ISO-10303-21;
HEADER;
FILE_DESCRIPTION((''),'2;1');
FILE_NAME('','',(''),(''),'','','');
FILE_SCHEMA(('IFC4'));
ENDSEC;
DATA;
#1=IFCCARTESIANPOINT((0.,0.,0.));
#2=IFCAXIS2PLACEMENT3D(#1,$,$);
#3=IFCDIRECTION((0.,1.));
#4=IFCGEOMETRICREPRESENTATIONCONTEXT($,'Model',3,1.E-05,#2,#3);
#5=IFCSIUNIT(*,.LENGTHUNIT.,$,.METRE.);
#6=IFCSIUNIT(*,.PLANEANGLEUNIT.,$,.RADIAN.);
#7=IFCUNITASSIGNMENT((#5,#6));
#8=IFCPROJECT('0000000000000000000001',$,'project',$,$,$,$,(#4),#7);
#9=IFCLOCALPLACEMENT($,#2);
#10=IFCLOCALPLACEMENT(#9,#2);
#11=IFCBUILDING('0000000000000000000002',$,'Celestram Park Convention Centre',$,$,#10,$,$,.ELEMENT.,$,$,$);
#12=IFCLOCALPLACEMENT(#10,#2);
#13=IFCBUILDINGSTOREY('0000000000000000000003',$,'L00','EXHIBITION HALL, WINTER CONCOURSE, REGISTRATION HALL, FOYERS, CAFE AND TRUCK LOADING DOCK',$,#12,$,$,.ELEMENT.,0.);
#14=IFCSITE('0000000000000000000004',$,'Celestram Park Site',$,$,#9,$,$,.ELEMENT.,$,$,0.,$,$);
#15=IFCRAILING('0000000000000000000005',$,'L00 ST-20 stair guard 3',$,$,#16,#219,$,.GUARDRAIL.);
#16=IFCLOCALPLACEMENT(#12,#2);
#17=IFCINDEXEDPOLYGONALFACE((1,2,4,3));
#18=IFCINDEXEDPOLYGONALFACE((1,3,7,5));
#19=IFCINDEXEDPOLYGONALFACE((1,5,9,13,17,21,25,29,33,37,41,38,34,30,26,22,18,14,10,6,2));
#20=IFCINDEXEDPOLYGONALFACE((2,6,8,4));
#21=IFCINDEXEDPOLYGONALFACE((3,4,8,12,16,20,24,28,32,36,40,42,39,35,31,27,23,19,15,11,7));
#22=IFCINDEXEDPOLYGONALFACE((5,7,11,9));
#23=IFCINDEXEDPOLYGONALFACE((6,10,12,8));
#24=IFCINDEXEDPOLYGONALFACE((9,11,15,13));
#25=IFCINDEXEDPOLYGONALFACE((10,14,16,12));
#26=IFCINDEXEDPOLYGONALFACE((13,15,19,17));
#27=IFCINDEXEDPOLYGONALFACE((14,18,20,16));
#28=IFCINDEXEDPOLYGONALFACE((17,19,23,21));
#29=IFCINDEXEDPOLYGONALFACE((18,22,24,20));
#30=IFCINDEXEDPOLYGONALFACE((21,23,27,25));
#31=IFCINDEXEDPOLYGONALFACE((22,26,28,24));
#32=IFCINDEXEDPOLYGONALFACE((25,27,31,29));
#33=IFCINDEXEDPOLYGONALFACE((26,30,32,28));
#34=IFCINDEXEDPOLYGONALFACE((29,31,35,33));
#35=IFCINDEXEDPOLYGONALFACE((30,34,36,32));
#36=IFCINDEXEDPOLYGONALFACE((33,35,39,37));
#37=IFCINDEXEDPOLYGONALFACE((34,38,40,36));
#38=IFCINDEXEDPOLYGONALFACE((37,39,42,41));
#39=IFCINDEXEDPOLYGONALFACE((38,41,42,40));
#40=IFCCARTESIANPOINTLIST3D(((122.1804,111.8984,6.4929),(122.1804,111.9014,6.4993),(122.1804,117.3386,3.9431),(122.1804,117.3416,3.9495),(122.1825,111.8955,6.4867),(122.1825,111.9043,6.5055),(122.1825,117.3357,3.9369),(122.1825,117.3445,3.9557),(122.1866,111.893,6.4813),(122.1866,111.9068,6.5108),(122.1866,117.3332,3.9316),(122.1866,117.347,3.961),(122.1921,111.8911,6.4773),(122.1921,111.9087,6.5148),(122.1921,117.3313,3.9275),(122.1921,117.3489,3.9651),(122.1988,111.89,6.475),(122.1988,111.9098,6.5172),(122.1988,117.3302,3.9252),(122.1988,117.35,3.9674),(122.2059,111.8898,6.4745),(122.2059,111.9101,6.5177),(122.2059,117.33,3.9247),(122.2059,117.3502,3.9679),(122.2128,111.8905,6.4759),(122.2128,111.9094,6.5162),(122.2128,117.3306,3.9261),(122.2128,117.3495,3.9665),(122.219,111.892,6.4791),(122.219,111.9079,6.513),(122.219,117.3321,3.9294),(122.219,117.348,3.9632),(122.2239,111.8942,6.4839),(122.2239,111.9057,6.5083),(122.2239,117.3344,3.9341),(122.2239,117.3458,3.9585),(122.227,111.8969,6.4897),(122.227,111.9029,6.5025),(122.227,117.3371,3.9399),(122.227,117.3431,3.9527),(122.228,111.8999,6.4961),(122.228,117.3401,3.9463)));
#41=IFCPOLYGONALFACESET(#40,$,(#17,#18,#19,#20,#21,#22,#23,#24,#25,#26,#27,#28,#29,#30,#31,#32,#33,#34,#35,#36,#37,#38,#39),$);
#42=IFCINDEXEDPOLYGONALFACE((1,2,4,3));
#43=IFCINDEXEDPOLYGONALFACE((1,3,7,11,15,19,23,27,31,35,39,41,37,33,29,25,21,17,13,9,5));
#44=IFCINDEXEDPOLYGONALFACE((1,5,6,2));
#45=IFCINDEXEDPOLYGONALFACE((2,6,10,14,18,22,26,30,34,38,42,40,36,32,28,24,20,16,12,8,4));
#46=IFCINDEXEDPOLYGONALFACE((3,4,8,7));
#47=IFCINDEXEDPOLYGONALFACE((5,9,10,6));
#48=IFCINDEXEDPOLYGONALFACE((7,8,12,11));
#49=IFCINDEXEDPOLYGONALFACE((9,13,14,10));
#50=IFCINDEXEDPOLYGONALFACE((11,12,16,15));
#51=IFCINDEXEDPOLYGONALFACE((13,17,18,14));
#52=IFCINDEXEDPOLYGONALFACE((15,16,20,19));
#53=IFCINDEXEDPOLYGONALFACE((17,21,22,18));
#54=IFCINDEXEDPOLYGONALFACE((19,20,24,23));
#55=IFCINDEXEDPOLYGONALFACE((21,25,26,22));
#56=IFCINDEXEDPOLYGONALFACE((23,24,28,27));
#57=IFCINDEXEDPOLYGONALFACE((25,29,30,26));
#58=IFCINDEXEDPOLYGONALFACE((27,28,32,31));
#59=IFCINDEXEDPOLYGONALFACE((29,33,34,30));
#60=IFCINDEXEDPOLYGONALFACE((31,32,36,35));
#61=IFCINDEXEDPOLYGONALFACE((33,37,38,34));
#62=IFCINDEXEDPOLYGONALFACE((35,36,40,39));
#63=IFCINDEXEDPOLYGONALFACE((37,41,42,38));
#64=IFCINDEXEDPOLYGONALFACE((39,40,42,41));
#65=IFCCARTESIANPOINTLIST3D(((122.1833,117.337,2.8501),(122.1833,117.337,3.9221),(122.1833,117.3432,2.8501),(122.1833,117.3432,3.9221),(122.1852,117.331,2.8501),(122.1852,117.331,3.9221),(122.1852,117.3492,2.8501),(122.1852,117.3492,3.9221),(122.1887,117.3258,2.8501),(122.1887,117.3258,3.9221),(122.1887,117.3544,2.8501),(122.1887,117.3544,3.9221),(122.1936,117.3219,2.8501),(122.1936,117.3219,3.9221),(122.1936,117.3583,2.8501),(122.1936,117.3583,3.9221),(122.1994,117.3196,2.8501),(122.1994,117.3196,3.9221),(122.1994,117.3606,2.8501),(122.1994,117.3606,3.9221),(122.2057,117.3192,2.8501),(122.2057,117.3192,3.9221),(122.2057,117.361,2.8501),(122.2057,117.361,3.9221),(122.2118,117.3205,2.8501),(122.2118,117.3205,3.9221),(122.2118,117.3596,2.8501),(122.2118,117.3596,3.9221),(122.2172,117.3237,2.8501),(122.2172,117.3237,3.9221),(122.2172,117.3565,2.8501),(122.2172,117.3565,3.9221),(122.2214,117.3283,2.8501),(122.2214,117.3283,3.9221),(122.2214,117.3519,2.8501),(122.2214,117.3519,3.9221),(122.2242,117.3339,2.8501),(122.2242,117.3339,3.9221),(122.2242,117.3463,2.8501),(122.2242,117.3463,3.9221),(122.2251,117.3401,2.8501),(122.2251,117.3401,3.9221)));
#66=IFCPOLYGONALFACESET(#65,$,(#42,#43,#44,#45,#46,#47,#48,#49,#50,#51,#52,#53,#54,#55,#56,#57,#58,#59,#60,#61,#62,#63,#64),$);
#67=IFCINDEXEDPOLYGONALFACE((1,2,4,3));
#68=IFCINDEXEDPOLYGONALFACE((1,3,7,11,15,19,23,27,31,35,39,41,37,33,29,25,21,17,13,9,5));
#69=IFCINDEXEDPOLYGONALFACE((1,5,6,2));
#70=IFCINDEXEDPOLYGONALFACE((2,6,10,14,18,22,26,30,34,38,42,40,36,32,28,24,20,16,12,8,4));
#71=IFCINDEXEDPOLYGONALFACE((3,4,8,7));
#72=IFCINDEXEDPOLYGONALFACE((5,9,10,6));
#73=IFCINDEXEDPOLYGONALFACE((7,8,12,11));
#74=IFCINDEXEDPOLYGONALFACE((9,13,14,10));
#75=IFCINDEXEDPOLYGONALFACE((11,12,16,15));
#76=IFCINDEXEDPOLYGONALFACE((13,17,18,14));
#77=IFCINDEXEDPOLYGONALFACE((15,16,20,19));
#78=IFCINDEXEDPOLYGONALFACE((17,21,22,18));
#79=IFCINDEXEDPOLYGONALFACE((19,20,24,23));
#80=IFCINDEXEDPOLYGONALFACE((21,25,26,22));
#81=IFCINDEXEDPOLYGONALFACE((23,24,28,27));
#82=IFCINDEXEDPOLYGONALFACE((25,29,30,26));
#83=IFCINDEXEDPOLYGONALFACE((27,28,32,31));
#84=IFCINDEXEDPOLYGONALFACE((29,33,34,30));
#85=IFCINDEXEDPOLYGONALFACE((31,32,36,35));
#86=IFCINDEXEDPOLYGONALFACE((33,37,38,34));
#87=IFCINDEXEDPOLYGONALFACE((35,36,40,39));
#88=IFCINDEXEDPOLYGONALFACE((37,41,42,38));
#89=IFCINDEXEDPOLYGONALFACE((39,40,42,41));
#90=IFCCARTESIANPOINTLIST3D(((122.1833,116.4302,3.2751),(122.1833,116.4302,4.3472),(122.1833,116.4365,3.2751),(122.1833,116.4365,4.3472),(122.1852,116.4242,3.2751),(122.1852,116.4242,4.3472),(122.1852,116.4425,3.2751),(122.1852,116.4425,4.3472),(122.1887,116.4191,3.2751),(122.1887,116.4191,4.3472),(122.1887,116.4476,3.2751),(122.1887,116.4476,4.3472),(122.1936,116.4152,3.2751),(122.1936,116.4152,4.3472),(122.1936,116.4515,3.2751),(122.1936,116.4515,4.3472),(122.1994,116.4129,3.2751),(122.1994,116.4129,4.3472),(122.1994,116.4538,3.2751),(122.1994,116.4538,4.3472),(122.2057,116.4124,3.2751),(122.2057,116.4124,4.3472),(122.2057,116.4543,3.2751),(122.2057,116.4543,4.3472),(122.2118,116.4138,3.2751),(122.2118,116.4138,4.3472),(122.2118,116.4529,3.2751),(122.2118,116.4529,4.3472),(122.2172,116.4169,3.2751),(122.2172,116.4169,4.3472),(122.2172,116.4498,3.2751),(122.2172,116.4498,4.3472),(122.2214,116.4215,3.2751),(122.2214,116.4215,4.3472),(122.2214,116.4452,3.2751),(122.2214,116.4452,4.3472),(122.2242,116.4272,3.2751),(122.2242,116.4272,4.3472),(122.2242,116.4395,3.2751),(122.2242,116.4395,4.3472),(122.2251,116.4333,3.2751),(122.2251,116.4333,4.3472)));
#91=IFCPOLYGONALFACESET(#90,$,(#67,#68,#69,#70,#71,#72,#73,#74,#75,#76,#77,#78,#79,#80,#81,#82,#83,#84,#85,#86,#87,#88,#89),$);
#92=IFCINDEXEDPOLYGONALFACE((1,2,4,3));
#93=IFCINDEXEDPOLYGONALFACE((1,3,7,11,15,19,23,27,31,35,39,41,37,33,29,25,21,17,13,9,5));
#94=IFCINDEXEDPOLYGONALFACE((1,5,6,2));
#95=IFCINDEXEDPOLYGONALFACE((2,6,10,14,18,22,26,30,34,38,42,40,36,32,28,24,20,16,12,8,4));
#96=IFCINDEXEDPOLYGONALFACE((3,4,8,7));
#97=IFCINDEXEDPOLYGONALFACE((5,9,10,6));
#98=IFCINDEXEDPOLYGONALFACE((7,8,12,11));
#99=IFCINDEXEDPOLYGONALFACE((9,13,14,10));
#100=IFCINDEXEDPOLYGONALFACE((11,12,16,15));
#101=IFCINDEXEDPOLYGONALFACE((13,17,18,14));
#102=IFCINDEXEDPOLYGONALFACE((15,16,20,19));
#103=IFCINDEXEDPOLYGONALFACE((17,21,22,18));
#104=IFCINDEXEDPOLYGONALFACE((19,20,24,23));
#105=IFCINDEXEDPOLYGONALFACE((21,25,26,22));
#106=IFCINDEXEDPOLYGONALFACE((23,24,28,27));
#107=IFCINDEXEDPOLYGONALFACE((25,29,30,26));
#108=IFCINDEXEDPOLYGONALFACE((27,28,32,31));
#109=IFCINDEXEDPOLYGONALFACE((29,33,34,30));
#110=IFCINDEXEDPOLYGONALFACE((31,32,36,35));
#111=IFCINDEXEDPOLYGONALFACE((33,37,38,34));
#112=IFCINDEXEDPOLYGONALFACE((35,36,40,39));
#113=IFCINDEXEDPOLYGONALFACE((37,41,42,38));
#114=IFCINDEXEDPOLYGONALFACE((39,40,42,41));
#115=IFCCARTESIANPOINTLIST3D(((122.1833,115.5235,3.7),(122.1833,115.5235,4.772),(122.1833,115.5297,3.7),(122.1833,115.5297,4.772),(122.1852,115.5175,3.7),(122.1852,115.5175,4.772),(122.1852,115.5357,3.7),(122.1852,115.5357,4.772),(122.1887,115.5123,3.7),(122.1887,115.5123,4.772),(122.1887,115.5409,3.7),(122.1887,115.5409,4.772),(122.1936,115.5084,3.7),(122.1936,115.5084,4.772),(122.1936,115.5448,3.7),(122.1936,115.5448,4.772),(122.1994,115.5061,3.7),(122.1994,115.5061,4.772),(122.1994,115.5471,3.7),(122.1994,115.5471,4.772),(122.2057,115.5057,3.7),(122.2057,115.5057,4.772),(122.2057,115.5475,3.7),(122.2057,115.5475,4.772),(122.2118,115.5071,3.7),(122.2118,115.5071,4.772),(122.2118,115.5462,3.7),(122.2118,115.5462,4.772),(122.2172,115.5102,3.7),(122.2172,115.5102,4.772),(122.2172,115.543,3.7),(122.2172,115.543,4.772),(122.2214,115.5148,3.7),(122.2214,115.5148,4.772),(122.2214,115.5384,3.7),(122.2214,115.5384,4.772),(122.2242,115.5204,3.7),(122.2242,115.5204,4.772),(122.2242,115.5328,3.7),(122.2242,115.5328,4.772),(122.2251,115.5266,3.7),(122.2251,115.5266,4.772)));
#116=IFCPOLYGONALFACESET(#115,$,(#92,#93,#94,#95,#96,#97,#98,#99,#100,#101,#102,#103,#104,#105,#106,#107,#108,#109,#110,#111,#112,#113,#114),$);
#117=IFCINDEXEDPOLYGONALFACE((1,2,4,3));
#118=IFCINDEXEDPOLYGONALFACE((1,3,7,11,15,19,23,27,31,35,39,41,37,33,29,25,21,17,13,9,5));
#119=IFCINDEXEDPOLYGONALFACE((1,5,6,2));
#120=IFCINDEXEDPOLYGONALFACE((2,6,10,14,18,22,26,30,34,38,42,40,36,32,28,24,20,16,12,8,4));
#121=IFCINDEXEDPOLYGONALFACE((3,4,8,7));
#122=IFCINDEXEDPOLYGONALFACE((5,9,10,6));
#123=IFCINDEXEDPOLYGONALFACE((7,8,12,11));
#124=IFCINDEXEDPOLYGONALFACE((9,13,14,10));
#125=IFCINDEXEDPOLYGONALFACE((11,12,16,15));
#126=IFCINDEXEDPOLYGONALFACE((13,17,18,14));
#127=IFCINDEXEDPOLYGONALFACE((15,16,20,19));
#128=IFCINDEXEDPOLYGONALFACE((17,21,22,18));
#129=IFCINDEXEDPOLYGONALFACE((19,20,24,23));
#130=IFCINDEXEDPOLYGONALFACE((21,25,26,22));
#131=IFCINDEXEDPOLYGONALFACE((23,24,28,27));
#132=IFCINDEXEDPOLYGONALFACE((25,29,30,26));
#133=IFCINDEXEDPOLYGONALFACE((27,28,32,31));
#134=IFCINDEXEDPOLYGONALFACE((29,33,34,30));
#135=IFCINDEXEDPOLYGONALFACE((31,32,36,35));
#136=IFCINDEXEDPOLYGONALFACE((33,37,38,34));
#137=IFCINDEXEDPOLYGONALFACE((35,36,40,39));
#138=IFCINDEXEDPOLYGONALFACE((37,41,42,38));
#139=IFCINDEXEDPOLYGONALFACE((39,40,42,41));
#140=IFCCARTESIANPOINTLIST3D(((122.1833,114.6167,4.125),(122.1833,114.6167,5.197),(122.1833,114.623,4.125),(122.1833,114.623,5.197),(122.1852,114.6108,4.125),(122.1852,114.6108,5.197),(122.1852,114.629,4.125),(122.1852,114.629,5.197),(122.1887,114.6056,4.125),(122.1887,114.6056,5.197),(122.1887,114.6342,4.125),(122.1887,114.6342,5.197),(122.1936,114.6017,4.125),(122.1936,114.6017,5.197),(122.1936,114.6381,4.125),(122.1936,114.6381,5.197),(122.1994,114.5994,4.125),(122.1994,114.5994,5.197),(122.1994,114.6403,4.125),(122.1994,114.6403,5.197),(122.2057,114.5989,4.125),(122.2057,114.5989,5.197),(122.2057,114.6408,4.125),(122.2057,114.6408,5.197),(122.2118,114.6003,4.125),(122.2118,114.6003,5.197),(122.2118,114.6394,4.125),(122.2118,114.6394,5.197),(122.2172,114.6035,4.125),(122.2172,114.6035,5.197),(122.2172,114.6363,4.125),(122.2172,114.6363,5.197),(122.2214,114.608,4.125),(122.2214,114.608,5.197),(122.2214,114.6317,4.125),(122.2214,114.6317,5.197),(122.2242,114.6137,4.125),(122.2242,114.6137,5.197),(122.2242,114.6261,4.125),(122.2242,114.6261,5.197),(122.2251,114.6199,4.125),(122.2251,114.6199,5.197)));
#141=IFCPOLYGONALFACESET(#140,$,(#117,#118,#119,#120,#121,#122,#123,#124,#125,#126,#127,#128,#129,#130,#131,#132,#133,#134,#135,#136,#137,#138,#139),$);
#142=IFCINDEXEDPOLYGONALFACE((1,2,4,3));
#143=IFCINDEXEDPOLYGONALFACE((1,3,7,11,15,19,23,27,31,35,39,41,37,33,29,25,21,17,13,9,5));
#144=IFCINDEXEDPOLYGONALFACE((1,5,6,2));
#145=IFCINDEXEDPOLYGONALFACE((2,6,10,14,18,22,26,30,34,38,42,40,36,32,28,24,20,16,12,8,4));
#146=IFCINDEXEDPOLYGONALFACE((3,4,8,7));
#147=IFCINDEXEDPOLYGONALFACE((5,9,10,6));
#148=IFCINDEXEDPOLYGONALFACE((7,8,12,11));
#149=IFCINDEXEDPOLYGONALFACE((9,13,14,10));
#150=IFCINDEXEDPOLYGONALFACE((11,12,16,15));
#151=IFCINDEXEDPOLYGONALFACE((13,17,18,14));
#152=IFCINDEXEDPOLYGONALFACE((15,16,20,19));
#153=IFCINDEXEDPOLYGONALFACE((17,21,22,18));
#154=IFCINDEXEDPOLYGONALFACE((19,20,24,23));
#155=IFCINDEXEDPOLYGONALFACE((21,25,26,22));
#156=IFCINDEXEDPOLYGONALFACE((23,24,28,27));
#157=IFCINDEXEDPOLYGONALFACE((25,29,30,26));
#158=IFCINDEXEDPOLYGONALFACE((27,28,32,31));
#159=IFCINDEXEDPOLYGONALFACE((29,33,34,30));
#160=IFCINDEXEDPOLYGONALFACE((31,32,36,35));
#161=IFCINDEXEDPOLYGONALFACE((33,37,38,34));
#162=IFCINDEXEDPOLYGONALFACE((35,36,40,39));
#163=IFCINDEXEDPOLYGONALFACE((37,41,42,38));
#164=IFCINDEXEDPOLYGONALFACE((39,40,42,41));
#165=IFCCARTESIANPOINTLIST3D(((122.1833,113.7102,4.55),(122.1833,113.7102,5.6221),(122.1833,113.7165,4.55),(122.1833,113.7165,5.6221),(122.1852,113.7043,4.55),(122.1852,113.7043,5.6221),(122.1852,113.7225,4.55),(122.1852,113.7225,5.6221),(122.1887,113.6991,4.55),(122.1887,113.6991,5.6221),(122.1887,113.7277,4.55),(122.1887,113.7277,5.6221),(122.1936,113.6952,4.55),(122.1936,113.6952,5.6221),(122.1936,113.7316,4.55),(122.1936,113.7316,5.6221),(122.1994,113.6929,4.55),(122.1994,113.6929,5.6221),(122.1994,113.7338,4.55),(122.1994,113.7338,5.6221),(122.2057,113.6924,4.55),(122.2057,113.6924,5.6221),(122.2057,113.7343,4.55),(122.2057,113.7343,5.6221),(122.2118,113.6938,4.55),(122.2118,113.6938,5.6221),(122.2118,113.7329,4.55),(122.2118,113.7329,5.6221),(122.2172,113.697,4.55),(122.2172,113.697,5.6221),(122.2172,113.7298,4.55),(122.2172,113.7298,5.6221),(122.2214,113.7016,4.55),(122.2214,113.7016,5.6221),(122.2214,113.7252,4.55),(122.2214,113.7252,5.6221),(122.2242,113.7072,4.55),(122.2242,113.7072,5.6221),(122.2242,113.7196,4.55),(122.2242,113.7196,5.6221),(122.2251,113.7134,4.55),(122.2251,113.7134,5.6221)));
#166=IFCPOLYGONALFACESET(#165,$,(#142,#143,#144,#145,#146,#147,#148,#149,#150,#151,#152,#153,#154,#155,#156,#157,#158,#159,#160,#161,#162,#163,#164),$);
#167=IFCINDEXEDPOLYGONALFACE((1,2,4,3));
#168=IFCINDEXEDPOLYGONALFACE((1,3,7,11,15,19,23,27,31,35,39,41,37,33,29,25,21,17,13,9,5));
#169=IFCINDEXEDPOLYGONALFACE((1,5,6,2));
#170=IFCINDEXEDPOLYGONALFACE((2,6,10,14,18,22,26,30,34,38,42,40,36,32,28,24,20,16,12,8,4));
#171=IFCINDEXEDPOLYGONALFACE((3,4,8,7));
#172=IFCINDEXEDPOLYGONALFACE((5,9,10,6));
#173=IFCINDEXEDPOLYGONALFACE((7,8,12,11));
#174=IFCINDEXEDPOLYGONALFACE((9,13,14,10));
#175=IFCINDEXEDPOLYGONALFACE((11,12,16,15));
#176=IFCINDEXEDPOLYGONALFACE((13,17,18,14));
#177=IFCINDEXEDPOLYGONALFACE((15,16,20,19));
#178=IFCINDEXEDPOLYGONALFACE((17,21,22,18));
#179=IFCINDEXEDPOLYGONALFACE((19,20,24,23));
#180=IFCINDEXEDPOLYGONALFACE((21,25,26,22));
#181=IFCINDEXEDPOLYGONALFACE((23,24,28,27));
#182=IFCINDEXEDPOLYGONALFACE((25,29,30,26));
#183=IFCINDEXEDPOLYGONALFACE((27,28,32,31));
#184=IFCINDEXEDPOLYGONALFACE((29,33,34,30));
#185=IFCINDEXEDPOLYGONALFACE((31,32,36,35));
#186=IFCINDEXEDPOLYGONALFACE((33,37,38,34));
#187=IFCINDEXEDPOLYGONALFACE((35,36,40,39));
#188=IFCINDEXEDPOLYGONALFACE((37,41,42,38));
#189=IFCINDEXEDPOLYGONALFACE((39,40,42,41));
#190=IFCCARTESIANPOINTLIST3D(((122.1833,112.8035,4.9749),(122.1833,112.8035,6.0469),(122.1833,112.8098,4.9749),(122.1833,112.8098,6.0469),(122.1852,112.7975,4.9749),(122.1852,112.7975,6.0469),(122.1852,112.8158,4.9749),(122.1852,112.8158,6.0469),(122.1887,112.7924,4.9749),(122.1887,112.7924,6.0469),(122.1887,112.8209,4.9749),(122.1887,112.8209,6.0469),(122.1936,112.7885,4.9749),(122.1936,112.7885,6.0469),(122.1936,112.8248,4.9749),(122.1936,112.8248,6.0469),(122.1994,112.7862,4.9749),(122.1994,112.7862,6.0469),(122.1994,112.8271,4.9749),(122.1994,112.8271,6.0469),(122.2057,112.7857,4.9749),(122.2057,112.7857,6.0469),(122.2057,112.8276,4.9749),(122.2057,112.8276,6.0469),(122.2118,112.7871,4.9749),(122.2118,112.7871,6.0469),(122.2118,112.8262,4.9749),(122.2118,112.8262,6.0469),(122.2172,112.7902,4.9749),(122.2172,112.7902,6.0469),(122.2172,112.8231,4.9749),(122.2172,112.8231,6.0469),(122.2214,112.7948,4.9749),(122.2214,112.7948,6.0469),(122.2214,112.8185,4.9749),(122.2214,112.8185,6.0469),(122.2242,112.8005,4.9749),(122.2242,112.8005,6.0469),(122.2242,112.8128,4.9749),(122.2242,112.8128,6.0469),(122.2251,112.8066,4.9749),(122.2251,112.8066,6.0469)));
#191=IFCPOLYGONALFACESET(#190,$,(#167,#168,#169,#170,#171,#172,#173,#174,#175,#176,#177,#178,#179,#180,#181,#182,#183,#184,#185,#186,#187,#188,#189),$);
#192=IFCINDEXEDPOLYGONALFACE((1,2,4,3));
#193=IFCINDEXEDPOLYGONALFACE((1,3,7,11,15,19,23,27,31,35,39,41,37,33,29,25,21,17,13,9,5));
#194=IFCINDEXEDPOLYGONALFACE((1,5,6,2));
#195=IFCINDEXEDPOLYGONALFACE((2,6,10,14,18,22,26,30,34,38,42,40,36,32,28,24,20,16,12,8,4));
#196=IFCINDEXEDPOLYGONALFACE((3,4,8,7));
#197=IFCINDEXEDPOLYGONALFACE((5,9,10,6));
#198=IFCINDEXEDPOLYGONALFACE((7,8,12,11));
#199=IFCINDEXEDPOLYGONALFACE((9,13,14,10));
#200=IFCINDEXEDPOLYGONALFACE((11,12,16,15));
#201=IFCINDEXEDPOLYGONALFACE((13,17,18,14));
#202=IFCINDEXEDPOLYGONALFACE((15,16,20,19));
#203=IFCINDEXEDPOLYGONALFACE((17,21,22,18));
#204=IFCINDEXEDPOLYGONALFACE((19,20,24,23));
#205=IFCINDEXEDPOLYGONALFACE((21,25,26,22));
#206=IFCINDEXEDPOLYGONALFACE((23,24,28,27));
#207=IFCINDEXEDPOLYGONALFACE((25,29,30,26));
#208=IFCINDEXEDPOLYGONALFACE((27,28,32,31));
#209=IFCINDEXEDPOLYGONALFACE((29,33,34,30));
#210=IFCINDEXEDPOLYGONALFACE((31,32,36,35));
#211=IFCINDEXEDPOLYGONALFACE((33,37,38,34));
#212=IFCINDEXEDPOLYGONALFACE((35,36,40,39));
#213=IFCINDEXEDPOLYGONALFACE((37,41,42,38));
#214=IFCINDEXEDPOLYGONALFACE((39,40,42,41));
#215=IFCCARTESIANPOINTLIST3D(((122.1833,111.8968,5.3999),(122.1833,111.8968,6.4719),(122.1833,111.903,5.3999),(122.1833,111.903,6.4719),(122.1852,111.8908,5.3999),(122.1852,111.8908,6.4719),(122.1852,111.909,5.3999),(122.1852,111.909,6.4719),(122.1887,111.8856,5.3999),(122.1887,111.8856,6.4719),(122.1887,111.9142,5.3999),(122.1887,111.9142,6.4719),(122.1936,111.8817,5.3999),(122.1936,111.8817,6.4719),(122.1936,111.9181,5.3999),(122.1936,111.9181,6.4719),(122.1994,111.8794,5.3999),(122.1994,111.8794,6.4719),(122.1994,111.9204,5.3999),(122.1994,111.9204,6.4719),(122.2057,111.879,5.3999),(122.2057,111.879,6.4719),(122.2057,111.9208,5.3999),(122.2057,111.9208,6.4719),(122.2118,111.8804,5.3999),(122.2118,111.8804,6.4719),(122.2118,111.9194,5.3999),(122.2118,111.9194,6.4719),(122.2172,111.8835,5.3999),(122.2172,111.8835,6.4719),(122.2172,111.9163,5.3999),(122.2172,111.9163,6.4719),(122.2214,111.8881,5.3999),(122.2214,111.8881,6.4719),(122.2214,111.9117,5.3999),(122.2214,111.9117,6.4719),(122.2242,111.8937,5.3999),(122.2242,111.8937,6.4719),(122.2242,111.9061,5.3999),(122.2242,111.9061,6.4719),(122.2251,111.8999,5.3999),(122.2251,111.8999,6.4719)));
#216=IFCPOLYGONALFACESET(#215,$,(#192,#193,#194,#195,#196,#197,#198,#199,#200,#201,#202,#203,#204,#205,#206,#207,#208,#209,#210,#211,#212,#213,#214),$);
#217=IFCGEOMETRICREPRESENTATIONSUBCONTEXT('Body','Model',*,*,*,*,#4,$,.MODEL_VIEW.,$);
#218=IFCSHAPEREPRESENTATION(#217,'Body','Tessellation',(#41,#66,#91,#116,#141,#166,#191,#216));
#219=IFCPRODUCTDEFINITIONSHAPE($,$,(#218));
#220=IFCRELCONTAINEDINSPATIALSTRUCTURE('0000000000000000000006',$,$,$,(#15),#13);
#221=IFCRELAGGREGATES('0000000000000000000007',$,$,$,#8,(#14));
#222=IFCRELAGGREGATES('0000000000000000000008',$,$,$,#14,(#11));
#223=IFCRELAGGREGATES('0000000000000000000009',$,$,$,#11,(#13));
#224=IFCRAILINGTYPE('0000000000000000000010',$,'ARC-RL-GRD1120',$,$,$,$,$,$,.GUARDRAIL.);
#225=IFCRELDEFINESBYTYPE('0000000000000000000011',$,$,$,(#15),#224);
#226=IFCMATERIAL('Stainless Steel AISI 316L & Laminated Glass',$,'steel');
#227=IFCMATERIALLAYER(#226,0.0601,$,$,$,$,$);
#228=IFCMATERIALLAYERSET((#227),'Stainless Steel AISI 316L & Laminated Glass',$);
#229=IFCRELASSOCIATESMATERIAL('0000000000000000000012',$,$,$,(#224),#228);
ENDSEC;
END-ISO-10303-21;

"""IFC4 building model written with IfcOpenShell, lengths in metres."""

from ifc_helpers import new_model, si_unit, direction, frame, origin, origin_2d, place, context, subcontext, project, spatial, circle, extrude, material, layer, layer_set, type_object, element, save


model = new_model("IFC4")

# Units and contexts
model_context = context("Model", 3, precision=1e-05, world=origin(), true_north=direction((0.0, 1.0)))
body_context = subcontext(model_context, "Body", "Model", "MODEL_VIEW")
ifc_project = project(units=[si_unit("LENGTHUNIT", "METRE"), si_unit("PLANEANGLEUNIT", "RADIAN")], contexts=[model_context])

# Site, building, storey
site_placement = place(None, origin())
site = spatial("IfcSite", under=ifc_project, at=site_placement, Name="Celestram Park Site", CompositionType="ELEMENT", RefElevation=0.0)
building_placement = place(site_placement, origin())
building = spatial("IfcBuilding", under=site, at=building_placement, Name="Celestram Park Convention Centre", CompositionType="ELEMENT")
storey_placement = place(building_placement, origin())
storey = spatial("IfcBuildingStorey", under=building, at=storey_placement, Name="L00", Description="EXHIBITION HALL, WINTER CONCOURSE, REGISTRATION HALL, FOYERS, CAFE AND TRUCK LOADING DOCK", CompositionType="ELEMENT", Elevation=0.0)

# Railing
ifc_material_1 = material(Name="Stainless Steel AISI 316L & Laminated Glass", Category="steel")
ifc_layer_1 = layer(ifc_material_1, 0.0601)
ifc_layer_set_1 = layer_set([ifc_layer_1], Name="Stainless Steel AISI 316L & Laminated Glass")
railing_type_1 = type_object("IfcRailingType", Name="ARC-RL-GRD1120", PredefinedType="GUARDRAIL", material=ifc_layer_set_1)
railing_1_placement = place(storey_placement, frame((122.2041, 117.3401, 2.8501)))
element("IfcRailing", 1, at=railing_1_placement, inside=storey, type_object=railing_type_1, Name="L00 ST-20 stair guard 3", PredefinedType="GUARDRAIL", context=body_context, shape_type="SweptSolid", body=[
    extrude(circle(Radius=0.0239, at=origin_2d()), frame((0.0, 0.0, 1.0962), z_axis=(0.0, -0.905477, 0.424395), x_axis=(1.0, 0.0, 0.0)), (0.0, 0.0, 1.0), 6.0081),
    extrude(circle(Radius=0.021, at=origin_2d()), origin(), (0.0, 0.0, 1.0), 1.072),
    extrude(circle(Radius=0.021, at=origin_2d()), frame((0.0, -0.9067, 0.425)), (0.0, 0.0, 1.0), 1.072),
    extrude(circle(Radius=0.021, at=origin_2d()), frame((0.0, -1.8135, 0.8499)), (0.0, 0.0, 1.0), 1.072),
    extrude(circle(Radius=0.021, at=origin_2d()), frame((0.0, -2.7202, 1.2749)), (0.0, 0.0, 1.0), 1.072),
    extrude(circle(Radius=0.021, at=origin_2d()), frame((0.0, -3.6267, 1.7)), (0.0, 0.0, 1.0), 1.072),
    extrude(circle(Radius=0.021, at=origin_2d()), frame((0.0, -4.5334, 2.1248)), (0.0, 0.0, 1.0), 1.072),
    extrude(circle(Radius=0.021, at=origin_2d()), frame((0.0, -5.4402, 2.5498)), (0.0, 0.0, 1.0), 1.072),
])

save(model, "model.ifc")
